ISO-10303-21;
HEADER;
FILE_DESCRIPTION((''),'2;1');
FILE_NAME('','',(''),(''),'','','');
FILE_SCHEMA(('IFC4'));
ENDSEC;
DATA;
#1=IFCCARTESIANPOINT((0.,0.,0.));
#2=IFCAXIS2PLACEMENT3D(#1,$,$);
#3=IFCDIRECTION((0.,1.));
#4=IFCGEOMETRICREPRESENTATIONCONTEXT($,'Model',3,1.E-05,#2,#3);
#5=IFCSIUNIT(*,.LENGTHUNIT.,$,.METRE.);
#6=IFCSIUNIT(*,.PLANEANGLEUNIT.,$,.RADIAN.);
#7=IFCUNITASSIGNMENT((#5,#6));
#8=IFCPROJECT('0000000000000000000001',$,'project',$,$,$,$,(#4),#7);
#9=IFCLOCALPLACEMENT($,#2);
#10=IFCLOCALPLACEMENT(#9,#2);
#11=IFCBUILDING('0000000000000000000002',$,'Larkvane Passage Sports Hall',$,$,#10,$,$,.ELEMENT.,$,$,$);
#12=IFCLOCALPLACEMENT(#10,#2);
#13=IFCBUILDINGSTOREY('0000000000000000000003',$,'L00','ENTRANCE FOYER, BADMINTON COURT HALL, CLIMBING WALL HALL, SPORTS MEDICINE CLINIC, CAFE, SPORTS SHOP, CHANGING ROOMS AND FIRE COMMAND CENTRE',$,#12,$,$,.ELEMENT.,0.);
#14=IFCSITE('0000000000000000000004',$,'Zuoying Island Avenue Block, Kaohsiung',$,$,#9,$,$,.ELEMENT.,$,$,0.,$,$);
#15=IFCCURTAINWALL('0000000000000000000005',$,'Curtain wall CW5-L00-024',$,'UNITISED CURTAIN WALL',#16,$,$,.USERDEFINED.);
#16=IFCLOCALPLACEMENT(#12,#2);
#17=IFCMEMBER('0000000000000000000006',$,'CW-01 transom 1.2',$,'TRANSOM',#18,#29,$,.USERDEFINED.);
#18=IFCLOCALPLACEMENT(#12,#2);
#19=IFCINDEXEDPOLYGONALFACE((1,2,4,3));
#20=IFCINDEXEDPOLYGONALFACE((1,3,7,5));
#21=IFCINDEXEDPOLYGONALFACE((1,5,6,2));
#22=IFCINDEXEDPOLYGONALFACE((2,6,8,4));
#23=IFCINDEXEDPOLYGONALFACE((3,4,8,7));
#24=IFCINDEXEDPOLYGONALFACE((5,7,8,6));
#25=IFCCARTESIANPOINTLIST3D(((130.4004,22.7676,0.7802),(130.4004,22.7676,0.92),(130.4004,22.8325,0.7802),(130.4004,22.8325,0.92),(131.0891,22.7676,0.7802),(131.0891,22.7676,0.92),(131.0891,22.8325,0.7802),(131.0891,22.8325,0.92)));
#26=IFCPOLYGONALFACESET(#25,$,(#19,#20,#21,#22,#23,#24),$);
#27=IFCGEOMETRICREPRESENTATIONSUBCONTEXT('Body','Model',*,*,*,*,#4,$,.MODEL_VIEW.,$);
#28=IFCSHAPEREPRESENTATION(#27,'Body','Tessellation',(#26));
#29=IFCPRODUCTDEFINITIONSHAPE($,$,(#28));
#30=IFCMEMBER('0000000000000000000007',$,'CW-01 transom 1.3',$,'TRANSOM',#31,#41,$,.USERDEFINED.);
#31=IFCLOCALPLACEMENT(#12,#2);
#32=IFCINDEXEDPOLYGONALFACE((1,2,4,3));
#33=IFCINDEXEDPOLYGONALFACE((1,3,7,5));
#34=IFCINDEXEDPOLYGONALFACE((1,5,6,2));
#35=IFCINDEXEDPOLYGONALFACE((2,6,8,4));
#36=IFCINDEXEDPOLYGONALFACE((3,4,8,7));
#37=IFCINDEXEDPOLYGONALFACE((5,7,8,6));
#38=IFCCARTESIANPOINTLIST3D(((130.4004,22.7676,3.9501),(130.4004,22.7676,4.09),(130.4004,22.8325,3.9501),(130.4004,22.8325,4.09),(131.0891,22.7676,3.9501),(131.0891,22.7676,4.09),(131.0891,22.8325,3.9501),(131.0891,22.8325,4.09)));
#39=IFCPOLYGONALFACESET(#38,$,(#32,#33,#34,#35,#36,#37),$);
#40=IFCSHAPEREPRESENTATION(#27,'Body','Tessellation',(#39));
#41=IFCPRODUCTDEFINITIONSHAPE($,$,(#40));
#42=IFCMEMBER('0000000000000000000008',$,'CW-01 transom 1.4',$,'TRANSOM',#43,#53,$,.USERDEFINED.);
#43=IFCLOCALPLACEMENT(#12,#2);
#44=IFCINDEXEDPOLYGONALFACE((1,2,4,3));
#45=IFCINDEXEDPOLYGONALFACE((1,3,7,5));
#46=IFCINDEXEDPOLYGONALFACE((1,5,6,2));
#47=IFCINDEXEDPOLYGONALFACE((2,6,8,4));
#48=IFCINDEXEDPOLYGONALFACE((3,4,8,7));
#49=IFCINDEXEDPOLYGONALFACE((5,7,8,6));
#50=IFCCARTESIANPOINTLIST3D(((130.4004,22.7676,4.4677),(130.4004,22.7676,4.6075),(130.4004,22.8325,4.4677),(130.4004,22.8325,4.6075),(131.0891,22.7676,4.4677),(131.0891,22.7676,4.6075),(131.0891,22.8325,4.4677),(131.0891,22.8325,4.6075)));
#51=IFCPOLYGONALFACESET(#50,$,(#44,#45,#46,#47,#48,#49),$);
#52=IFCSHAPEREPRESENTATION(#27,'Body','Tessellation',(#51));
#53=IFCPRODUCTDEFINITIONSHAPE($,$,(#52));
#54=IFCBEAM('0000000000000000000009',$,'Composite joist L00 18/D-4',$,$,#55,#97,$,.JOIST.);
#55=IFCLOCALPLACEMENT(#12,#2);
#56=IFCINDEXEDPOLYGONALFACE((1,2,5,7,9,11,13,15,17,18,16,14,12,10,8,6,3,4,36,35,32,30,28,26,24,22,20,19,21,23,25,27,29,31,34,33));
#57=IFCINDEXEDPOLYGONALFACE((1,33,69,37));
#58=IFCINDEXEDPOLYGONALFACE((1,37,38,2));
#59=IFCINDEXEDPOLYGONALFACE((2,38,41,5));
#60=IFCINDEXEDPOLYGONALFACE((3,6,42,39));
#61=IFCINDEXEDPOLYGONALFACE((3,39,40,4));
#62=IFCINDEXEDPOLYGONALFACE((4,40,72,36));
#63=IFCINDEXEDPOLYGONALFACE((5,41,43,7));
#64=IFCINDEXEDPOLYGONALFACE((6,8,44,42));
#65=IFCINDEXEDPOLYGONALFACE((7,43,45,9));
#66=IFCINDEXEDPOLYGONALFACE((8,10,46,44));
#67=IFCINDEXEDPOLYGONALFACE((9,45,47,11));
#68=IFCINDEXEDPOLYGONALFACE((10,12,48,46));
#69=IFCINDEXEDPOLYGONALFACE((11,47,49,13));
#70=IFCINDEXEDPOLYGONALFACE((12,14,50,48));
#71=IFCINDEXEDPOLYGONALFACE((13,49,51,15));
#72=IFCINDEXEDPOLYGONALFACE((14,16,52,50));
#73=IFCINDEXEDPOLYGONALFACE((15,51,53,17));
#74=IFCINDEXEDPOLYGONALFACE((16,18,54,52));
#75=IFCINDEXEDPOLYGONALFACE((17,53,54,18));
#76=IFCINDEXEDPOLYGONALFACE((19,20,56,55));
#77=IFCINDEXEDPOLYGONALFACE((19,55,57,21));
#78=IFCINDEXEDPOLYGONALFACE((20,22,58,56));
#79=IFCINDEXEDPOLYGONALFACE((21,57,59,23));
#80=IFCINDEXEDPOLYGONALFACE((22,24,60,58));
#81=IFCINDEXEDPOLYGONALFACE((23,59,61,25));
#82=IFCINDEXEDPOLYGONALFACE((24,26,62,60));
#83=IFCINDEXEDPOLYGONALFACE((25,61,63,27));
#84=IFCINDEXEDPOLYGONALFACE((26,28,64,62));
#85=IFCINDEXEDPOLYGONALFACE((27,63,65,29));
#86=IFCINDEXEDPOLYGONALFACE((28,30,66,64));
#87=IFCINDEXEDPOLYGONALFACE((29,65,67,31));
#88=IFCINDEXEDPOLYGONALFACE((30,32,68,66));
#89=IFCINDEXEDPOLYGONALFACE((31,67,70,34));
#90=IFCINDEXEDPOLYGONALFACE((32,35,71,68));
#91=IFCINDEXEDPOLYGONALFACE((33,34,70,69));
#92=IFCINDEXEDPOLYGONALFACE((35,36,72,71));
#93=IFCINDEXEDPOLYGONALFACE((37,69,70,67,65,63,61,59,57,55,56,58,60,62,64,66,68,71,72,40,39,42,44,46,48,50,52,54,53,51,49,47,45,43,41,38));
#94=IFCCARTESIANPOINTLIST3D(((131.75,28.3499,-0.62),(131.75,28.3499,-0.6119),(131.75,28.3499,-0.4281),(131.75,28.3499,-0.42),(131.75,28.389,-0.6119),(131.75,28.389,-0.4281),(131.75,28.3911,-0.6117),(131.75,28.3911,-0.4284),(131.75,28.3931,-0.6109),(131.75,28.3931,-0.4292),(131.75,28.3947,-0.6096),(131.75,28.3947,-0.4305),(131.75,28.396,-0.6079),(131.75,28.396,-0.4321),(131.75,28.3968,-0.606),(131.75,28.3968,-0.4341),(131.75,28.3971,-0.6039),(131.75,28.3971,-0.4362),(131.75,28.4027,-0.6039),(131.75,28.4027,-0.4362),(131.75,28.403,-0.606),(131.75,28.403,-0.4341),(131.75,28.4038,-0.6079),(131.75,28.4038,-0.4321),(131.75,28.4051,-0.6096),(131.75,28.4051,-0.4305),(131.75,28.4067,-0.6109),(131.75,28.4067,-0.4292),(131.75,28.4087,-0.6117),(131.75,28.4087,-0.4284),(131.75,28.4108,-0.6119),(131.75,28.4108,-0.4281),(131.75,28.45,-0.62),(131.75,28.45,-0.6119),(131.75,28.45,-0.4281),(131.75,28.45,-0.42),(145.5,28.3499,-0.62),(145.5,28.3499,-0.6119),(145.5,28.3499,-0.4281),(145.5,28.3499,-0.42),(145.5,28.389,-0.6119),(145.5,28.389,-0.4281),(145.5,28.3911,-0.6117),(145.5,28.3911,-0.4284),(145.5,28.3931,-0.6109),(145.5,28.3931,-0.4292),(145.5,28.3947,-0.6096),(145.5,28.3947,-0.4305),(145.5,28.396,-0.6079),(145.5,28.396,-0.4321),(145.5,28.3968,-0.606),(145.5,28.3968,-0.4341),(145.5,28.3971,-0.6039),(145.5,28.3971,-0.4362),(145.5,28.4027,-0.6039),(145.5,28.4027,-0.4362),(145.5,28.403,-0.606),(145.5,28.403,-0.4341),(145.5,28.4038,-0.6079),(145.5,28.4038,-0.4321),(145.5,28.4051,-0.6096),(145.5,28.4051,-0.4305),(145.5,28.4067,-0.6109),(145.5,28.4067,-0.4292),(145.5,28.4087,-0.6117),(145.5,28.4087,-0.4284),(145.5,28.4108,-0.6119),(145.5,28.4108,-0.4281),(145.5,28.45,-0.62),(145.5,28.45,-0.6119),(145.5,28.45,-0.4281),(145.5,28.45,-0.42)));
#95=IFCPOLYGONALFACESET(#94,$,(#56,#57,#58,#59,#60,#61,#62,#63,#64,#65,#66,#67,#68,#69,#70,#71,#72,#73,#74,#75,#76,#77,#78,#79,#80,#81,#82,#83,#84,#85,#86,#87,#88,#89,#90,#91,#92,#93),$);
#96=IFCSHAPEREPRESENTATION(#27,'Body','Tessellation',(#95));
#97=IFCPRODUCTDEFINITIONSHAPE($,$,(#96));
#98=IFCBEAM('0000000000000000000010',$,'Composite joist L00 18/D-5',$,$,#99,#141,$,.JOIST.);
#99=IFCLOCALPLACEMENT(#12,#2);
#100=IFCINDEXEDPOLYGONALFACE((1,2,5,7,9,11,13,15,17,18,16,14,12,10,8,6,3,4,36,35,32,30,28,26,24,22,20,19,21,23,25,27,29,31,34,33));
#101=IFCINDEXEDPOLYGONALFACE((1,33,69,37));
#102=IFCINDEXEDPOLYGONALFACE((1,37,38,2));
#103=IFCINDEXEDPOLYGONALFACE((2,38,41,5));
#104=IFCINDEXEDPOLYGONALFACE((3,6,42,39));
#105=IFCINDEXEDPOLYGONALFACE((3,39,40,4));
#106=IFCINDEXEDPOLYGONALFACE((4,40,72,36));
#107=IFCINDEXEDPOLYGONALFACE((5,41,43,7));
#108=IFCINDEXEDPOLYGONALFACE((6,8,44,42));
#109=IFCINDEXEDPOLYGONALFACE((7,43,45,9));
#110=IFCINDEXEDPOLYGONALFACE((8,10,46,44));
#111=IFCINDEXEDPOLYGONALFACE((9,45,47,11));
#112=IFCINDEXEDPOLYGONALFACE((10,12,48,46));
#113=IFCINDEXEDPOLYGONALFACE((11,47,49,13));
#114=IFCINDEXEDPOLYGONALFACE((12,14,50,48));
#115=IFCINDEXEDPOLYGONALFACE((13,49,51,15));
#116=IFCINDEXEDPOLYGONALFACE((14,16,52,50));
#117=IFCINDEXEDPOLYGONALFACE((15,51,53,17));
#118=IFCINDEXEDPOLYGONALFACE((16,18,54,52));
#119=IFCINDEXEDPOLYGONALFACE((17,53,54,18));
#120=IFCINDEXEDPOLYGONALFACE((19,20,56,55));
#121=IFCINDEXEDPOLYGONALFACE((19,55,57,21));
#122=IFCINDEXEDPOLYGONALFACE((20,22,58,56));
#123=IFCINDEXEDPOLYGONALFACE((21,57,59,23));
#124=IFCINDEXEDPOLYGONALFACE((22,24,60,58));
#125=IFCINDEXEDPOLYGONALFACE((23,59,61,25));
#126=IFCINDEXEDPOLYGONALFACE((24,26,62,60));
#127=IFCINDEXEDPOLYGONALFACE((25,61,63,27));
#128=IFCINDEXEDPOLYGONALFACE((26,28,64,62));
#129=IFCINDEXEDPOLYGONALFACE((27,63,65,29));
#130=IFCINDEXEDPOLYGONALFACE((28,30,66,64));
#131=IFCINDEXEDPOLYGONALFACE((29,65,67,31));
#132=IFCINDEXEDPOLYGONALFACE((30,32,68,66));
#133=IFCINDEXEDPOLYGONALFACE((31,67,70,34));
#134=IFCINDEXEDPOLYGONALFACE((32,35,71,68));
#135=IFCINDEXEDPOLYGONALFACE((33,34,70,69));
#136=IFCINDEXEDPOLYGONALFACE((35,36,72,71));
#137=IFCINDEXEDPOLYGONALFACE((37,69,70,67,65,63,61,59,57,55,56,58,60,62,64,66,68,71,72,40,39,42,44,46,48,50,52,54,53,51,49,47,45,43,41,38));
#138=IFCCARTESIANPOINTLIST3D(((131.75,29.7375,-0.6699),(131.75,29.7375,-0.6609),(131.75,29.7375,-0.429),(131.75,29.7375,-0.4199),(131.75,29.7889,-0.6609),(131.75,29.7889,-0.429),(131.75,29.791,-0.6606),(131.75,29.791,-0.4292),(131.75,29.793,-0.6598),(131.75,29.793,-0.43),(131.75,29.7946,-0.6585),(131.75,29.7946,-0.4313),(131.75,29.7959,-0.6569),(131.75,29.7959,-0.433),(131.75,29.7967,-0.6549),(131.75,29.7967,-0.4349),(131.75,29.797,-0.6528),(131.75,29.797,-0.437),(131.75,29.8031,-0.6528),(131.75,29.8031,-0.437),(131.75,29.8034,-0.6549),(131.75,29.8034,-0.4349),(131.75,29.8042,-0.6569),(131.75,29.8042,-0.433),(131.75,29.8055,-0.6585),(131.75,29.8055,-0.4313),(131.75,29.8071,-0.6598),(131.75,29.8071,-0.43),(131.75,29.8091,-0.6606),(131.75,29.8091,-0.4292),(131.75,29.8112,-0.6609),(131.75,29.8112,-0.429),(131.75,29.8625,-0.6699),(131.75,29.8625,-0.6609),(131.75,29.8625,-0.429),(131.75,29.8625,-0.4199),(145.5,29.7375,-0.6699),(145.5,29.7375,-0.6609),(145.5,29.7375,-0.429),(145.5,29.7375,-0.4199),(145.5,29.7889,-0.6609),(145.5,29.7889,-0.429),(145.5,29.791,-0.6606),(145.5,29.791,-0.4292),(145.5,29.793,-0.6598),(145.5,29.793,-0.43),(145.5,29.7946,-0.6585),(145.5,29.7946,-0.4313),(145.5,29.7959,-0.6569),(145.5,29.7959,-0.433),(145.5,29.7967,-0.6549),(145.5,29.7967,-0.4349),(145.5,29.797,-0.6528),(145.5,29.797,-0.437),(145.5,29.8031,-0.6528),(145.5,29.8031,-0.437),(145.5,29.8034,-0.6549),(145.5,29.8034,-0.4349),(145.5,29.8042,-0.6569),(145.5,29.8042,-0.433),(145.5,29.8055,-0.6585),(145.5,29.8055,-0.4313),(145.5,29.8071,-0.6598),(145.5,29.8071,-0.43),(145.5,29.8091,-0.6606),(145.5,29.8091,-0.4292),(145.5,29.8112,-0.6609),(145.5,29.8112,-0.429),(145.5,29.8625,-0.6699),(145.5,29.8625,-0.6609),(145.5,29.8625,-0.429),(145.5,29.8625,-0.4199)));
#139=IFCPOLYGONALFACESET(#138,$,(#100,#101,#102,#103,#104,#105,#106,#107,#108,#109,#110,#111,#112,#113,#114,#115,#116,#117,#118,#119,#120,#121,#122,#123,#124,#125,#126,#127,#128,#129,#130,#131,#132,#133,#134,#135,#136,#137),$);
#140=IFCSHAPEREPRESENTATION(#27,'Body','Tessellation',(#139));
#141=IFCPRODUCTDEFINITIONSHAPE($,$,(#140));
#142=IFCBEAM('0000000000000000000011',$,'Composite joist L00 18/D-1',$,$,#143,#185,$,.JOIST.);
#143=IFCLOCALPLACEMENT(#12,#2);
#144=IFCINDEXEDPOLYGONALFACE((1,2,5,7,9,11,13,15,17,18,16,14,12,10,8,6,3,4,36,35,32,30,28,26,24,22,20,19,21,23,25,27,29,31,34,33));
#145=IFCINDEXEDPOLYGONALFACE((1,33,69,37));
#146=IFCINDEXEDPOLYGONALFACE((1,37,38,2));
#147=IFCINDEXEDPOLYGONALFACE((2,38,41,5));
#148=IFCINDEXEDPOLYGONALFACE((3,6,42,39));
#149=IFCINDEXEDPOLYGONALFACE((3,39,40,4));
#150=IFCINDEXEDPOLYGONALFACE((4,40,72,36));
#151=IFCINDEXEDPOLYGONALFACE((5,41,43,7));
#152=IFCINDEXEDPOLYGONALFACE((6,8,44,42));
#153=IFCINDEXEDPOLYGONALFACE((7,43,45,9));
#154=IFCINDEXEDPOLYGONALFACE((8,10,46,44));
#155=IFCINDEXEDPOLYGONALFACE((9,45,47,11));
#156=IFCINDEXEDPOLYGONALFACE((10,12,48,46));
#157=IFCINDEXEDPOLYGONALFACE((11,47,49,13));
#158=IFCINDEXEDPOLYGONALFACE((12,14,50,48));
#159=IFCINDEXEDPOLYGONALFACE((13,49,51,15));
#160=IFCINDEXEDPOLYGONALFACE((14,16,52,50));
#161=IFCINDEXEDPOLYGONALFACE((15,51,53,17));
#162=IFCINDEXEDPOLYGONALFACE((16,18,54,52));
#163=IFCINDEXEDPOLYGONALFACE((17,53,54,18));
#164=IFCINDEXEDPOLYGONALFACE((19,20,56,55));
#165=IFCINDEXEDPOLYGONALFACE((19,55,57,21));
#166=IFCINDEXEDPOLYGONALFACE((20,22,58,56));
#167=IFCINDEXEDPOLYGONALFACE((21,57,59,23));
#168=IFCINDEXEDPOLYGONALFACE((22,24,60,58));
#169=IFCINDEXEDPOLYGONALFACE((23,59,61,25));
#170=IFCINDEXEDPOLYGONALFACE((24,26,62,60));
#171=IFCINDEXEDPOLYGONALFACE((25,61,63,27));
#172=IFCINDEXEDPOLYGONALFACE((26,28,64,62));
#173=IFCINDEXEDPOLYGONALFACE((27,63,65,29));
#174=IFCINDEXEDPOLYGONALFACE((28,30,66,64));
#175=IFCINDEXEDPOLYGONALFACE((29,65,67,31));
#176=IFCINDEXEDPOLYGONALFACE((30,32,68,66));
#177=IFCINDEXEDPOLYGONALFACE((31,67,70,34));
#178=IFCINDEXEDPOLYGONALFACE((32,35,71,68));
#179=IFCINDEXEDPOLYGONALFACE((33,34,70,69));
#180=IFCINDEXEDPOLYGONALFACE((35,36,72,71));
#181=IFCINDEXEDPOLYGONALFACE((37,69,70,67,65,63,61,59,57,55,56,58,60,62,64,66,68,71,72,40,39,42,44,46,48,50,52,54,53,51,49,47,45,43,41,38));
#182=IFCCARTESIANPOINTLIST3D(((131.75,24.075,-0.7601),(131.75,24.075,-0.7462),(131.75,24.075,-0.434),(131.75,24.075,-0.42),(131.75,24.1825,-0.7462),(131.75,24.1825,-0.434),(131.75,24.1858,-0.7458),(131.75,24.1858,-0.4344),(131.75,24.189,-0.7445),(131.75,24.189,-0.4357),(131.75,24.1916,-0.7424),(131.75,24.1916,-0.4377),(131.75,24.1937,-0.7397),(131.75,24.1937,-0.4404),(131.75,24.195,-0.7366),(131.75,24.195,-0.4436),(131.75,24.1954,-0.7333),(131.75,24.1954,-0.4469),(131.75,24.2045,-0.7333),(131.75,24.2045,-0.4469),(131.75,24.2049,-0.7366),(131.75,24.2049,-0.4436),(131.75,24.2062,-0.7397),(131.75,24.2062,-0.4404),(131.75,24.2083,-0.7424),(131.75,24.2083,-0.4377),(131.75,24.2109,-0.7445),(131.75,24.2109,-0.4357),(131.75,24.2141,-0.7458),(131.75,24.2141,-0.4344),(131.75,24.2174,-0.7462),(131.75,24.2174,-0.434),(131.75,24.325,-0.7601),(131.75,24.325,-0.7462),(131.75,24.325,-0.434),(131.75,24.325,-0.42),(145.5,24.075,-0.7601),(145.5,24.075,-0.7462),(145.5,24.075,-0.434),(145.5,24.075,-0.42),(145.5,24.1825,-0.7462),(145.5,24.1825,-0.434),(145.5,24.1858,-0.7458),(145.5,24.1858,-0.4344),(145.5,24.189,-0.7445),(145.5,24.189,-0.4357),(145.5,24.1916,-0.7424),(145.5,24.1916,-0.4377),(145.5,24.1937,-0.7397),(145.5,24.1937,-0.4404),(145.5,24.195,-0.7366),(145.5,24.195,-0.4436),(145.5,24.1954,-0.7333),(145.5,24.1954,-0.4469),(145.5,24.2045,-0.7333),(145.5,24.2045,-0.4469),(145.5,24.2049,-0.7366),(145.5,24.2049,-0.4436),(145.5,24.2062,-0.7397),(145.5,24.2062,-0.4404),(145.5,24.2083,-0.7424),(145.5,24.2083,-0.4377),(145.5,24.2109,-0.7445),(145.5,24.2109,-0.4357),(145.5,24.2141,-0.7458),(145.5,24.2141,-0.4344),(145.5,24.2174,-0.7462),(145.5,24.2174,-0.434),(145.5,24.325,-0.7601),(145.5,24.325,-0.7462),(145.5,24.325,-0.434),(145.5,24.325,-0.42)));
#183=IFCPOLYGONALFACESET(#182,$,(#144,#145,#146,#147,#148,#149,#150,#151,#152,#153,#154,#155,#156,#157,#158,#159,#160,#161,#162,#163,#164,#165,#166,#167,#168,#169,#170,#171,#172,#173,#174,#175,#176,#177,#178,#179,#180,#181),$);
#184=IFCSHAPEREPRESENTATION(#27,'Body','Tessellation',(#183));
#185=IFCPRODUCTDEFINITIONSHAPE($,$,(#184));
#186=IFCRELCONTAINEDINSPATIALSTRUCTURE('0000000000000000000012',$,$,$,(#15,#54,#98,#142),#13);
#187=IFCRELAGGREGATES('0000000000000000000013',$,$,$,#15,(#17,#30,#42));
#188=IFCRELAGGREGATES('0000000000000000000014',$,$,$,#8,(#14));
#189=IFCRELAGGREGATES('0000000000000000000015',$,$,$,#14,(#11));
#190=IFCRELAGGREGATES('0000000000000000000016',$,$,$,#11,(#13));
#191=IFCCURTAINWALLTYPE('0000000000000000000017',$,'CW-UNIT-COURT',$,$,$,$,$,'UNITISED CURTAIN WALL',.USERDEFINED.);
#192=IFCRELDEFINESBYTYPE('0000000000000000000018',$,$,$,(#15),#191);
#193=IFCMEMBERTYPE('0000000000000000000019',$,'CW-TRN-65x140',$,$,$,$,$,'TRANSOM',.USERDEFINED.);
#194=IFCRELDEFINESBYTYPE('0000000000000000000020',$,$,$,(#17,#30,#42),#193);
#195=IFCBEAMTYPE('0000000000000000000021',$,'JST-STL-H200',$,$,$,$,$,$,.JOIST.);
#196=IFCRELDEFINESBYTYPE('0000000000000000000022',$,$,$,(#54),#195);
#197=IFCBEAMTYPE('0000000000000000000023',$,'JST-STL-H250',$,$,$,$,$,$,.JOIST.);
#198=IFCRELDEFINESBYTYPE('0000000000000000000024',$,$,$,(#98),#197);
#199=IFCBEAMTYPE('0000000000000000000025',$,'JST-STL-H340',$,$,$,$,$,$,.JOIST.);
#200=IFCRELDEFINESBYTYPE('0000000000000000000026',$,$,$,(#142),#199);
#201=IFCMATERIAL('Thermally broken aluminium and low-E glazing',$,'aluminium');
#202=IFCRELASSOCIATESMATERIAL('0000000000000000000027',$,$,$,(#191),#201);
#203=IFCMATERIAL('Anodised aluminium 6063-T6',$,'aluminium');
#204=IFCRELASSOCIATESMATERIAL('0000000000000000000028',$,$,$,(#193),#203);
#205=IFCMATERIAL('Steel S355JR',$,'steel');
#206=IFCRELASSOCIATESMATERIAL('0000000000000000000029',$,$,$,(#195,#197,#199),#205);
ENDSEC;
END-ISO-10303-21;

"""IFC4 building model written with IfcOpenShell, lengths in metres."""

from ifc_helpers import new_model, si_unit, direction, frame, origin, origin_2d, place, context, subcontext, project, spatial, rectangle, i_section, extrude, material, material_profile, profile_set, type_object, element, aggregate, save


model = new_model("IFC4")

# Units and contexts
model_context = context("Model", 3, precision=1e-05, world=origin(), true_north=direction((0.0, 1.0)))
body_context = subcontext(model_context, "Body", "Model", "MODEL_VIEW")
ifc_project = project(units=[si_unit("LENGTHUNIT", "METRE"), si_unit("PLANEANGLEUNIT", "RADIAN")], contexts=[model_context])

# Site, building, storey
site_placement = place(None, origin())
site = spatial("IfcSite", under=ifc_project, at=site_placement, Name="Zuoying Island Avenue Block, Kaohsiung", CompositionType="ELEMENT", RefElevation=0.0)
building_placement = place(site_placement, origin())
building = spatial("IfcBuilding", under=site, at=building_placement, Name="Larkvane Passage Sports Hall", CompositionType="ELEMENT")
storey_placement = place(building_placement, origin())
storey = spatial("IfcBuildingStorey", under=building, at=storey_placement, Name="L00", Description="ENTRANCE FOYER, BADMINTON COURT HALL, CLIMBING WALL HALL, SPORTS MEDICINE CLINIC, CAFE, SPORTS SHOP, CHANGING ROOMS AND FIRE COMMAND CENTRE", CompositionType="ELEMENT", Elevation=0.0)

# Curtain wall, members
ifc_material_1 = material(Name="Thermally broken aluminium and low-E glazing", Category="aluminium")
curtain_wall_type = type_object("IfcCurtainWallType", Name="CW-UNIT-COURT", ElementType="UNITISED CURTAIN WALL", PredefinedType="USERDEFINED", material=ifc_material_1)
curtain_wall_placement = place(storey_placement, origin())
curtain_wall = element("IfcCurtainWall", 1, at=curtain_wall_placement, inside=storey, type_object=curtain_wall_type, Name="Curtain wall CW5-L00-024", ObjectType="UNITISED CURTAIN WALL", PredefinedType="USERDEFINED")
ifc_material_2 = material(Name="Anodised aluminium 6063-T6", Category="aluminium")
ifc_material_profile_1 = material_profile(ifc_material_2, rectangle(XDim=0.0649, YDim=0.1399, at=origin_2d()), Name="ALU-TRN-65x140")
ifc_profile_set_1 = profile_set([ifc_material_profile_1], Name="Anodised aluminium 6063-T6")
member_type_1 = type_object("IfcMemberType", Name="CW-TRN-65x140", ElementType="TRANSOM", PredefinedType="USERDEFINED", material=ifc_profile_set_1)
member_1_placement = place(storey_placement, frame((131.0891, 22.8, 0.8501), z_axis=(-1.0, 0.0, 0.0), x_axis=(0.0, -1.0, 0.0)))
member_1 = element("IfcMember", 2, at=member_1_placement, type_object=member_type_1, Name="CW-01 transom 1.2", ObjectType="TRANSOM", PredefinedType="USERDEFINED", context=body_context, shape_type="SweptSolid", body=[
    extrude(rectangle(XDim=0.0649, YDim=0.1399, at=origin_2d()), origin(), (0.0, 0.0, 1.0), 0.6887),
])
member_2_placement = place(storey_placement, frame((131.0891, 22.8, 4.02), z_axis=(-1.0, 0.0, 0.0), x_axis=(0.0, -1.0, 0.0)))
member_2 = element("IfcMember", 3, at=member_2_placement, type_object=member_type_1, Name="CW-01 transom 1.3", ObjectType="TRANSOM", PredefinedType="USERDEFINED", context=body_context, shape_type="SweptSolid", body=[
    extrude(rectangle(XDim=0.0649, YDim=0.1399, at=origin_2d()), origin(), (0.0, 0.0, 1.0), 0.6887),
])
member_3_placement = place(storey_placement, frame((131.0891, 22.8, 4.5376), z_axis=(-1.0, 0.0, 0.0), x_axis=(0.0, -1.0, 0.0)))
member_3 = element("IfcMember", 4, at=member_3_placement, type_object=member_type_1, Name="CW-01 transom 1.4", ObjectType="TRANSOM", PredefinedType="USERDEFINED", context=body_context, shape_type="SweptSolid", body=[
    extrude(rectangle(XDim=0.0649, YDim=0.1399, at=origin_2d()), origin(), (0.0, 0.0, 1.0), 0.6887),
])

# Beams
ifc_material_3 = material(Name="Steel S355JR", Category="steel")
ifc_material_profile_2 = material_profile(ifc_material_3, i_section(OverallWidth=0.1001, OverallDepth=0.2, WebThickness=0.0056, FlangeThickness=0.0081, FilletRadius=0.0081, at=origin_2d()), Name="H-200x100x5.5x8")
ifc_profile_set_2 = profile_set([ifc_material_profile_2], Name="Steel S355JR")
beam_type_1 = type_object("IfcBeamType", Name="JST-STL-H200", PredefinedType="JOIST", material=ifc_profile_set_2)
beam_1_placement = place(storey_placement, frame((131.75, 28.3999, -0.52), z_axis=(1.0, 0.0, 0.0), x_axis=(0.0, 1.0, 0.0)))
element("IfcBeam", 5, at=beam_1_placement, inside=storey, type_object=beam_type_1, Name="Composite joist L00 18/D-4", PredefinedType="JOIST", context=body_context, shape_type="SweptSolid", body=[
    extrude(i_section(OverallWidth=0.1001, OverallDepth=0.2, WebThickness=0.0056, FlangeThickness=0.0081, FilletRadius=0.0081, at=origin_2d()), origin(), (0.0, 0.0, 1.0), 13.75),
])
ifc_material_profile_3 = material_profile(ifc_material_3, i_section(OverallWidth=0.125, OverallDepth=0.25, WebThickness=0.0061, FlangeThickness=0.009, FilletRadius=0.0081, at=origin_2d()), Name="H-250x125x6x9")
ifc_profile_set_3 = profile_set([ifc_material_profile_3], Name="Steel S355JR")
beam_type_2 = type_object("IfcBeamType", Name="JST-STL-H250", PredefinedType="JOIST", material=ifc_profile_set_3)
beam_2_placement = place(storey_placement, frame((131.75, 29.8, -0.5449), z_axis=(1.0, 0.0, 0.0), x_axis=(0.0, 1.0, 0.0)))
element("IfcBeam", 6, at=beam_2_placement, inside=storey, type_object=beam_type_2, Name="Composite joist L00 18/D-5", PredefinedType="JOIST", context=body_context, shape_type="SweptSolid", body=[
    extrude(i_section(OverallWidth=0.125, OverallDepth=0.25, WebThickness=0.0061, FlangeThickness=0.009, FilletRadius=0.0081, at=origin_2d()), origin(), (0.0, 0.0, 1.0), 13.75),
])
ifc_material_profile_4 = material_profile(ifc_material_3, i_section(OverallWidth=0.25, OverallDepth=0.3401, WebThickness=0.009, FlangeThickness=0.0139, FilletRadius=0.0129, at=origin_2d()), Name="H-340x250x9x14")
ifc_profile_set_4 = profile_set([ifc_material_profile_4], Name="Steel S355JR")
beam_type_3 = type_object("IfcBeamType", Name="JST-STL-H340", PredefinedType="JOIST", material=ifc_profile_set_4)
beam_3_placement = place(storey_placement, frame((131.75, 24.2, -0.5901), z_axis=(1.0, 0.0, 0.0), x_axis=(0.0, 1.0, 0.0)))
element("IfcBeam", 7, at=beam_3_placement, inside=storey, type_object=beam_type_3, Name="Composite joist L00 18/D-1", PredefinedType="JOIST", context=body_context, shape_type="SweptSolid", body=[
    extrude(i_section(OverallWidth=0.25, OverallDepth=0.3401, WebThickness=0.009, FlangeThickness=0.0139, FilletRadius=0.0129, at=origin_2d()), origin(), (0.0, 0.0, 1.0), 13.75),
])

aggregate(curtain_wall, [member_1, member_2, member_3])

save(model, "model.ifc")
